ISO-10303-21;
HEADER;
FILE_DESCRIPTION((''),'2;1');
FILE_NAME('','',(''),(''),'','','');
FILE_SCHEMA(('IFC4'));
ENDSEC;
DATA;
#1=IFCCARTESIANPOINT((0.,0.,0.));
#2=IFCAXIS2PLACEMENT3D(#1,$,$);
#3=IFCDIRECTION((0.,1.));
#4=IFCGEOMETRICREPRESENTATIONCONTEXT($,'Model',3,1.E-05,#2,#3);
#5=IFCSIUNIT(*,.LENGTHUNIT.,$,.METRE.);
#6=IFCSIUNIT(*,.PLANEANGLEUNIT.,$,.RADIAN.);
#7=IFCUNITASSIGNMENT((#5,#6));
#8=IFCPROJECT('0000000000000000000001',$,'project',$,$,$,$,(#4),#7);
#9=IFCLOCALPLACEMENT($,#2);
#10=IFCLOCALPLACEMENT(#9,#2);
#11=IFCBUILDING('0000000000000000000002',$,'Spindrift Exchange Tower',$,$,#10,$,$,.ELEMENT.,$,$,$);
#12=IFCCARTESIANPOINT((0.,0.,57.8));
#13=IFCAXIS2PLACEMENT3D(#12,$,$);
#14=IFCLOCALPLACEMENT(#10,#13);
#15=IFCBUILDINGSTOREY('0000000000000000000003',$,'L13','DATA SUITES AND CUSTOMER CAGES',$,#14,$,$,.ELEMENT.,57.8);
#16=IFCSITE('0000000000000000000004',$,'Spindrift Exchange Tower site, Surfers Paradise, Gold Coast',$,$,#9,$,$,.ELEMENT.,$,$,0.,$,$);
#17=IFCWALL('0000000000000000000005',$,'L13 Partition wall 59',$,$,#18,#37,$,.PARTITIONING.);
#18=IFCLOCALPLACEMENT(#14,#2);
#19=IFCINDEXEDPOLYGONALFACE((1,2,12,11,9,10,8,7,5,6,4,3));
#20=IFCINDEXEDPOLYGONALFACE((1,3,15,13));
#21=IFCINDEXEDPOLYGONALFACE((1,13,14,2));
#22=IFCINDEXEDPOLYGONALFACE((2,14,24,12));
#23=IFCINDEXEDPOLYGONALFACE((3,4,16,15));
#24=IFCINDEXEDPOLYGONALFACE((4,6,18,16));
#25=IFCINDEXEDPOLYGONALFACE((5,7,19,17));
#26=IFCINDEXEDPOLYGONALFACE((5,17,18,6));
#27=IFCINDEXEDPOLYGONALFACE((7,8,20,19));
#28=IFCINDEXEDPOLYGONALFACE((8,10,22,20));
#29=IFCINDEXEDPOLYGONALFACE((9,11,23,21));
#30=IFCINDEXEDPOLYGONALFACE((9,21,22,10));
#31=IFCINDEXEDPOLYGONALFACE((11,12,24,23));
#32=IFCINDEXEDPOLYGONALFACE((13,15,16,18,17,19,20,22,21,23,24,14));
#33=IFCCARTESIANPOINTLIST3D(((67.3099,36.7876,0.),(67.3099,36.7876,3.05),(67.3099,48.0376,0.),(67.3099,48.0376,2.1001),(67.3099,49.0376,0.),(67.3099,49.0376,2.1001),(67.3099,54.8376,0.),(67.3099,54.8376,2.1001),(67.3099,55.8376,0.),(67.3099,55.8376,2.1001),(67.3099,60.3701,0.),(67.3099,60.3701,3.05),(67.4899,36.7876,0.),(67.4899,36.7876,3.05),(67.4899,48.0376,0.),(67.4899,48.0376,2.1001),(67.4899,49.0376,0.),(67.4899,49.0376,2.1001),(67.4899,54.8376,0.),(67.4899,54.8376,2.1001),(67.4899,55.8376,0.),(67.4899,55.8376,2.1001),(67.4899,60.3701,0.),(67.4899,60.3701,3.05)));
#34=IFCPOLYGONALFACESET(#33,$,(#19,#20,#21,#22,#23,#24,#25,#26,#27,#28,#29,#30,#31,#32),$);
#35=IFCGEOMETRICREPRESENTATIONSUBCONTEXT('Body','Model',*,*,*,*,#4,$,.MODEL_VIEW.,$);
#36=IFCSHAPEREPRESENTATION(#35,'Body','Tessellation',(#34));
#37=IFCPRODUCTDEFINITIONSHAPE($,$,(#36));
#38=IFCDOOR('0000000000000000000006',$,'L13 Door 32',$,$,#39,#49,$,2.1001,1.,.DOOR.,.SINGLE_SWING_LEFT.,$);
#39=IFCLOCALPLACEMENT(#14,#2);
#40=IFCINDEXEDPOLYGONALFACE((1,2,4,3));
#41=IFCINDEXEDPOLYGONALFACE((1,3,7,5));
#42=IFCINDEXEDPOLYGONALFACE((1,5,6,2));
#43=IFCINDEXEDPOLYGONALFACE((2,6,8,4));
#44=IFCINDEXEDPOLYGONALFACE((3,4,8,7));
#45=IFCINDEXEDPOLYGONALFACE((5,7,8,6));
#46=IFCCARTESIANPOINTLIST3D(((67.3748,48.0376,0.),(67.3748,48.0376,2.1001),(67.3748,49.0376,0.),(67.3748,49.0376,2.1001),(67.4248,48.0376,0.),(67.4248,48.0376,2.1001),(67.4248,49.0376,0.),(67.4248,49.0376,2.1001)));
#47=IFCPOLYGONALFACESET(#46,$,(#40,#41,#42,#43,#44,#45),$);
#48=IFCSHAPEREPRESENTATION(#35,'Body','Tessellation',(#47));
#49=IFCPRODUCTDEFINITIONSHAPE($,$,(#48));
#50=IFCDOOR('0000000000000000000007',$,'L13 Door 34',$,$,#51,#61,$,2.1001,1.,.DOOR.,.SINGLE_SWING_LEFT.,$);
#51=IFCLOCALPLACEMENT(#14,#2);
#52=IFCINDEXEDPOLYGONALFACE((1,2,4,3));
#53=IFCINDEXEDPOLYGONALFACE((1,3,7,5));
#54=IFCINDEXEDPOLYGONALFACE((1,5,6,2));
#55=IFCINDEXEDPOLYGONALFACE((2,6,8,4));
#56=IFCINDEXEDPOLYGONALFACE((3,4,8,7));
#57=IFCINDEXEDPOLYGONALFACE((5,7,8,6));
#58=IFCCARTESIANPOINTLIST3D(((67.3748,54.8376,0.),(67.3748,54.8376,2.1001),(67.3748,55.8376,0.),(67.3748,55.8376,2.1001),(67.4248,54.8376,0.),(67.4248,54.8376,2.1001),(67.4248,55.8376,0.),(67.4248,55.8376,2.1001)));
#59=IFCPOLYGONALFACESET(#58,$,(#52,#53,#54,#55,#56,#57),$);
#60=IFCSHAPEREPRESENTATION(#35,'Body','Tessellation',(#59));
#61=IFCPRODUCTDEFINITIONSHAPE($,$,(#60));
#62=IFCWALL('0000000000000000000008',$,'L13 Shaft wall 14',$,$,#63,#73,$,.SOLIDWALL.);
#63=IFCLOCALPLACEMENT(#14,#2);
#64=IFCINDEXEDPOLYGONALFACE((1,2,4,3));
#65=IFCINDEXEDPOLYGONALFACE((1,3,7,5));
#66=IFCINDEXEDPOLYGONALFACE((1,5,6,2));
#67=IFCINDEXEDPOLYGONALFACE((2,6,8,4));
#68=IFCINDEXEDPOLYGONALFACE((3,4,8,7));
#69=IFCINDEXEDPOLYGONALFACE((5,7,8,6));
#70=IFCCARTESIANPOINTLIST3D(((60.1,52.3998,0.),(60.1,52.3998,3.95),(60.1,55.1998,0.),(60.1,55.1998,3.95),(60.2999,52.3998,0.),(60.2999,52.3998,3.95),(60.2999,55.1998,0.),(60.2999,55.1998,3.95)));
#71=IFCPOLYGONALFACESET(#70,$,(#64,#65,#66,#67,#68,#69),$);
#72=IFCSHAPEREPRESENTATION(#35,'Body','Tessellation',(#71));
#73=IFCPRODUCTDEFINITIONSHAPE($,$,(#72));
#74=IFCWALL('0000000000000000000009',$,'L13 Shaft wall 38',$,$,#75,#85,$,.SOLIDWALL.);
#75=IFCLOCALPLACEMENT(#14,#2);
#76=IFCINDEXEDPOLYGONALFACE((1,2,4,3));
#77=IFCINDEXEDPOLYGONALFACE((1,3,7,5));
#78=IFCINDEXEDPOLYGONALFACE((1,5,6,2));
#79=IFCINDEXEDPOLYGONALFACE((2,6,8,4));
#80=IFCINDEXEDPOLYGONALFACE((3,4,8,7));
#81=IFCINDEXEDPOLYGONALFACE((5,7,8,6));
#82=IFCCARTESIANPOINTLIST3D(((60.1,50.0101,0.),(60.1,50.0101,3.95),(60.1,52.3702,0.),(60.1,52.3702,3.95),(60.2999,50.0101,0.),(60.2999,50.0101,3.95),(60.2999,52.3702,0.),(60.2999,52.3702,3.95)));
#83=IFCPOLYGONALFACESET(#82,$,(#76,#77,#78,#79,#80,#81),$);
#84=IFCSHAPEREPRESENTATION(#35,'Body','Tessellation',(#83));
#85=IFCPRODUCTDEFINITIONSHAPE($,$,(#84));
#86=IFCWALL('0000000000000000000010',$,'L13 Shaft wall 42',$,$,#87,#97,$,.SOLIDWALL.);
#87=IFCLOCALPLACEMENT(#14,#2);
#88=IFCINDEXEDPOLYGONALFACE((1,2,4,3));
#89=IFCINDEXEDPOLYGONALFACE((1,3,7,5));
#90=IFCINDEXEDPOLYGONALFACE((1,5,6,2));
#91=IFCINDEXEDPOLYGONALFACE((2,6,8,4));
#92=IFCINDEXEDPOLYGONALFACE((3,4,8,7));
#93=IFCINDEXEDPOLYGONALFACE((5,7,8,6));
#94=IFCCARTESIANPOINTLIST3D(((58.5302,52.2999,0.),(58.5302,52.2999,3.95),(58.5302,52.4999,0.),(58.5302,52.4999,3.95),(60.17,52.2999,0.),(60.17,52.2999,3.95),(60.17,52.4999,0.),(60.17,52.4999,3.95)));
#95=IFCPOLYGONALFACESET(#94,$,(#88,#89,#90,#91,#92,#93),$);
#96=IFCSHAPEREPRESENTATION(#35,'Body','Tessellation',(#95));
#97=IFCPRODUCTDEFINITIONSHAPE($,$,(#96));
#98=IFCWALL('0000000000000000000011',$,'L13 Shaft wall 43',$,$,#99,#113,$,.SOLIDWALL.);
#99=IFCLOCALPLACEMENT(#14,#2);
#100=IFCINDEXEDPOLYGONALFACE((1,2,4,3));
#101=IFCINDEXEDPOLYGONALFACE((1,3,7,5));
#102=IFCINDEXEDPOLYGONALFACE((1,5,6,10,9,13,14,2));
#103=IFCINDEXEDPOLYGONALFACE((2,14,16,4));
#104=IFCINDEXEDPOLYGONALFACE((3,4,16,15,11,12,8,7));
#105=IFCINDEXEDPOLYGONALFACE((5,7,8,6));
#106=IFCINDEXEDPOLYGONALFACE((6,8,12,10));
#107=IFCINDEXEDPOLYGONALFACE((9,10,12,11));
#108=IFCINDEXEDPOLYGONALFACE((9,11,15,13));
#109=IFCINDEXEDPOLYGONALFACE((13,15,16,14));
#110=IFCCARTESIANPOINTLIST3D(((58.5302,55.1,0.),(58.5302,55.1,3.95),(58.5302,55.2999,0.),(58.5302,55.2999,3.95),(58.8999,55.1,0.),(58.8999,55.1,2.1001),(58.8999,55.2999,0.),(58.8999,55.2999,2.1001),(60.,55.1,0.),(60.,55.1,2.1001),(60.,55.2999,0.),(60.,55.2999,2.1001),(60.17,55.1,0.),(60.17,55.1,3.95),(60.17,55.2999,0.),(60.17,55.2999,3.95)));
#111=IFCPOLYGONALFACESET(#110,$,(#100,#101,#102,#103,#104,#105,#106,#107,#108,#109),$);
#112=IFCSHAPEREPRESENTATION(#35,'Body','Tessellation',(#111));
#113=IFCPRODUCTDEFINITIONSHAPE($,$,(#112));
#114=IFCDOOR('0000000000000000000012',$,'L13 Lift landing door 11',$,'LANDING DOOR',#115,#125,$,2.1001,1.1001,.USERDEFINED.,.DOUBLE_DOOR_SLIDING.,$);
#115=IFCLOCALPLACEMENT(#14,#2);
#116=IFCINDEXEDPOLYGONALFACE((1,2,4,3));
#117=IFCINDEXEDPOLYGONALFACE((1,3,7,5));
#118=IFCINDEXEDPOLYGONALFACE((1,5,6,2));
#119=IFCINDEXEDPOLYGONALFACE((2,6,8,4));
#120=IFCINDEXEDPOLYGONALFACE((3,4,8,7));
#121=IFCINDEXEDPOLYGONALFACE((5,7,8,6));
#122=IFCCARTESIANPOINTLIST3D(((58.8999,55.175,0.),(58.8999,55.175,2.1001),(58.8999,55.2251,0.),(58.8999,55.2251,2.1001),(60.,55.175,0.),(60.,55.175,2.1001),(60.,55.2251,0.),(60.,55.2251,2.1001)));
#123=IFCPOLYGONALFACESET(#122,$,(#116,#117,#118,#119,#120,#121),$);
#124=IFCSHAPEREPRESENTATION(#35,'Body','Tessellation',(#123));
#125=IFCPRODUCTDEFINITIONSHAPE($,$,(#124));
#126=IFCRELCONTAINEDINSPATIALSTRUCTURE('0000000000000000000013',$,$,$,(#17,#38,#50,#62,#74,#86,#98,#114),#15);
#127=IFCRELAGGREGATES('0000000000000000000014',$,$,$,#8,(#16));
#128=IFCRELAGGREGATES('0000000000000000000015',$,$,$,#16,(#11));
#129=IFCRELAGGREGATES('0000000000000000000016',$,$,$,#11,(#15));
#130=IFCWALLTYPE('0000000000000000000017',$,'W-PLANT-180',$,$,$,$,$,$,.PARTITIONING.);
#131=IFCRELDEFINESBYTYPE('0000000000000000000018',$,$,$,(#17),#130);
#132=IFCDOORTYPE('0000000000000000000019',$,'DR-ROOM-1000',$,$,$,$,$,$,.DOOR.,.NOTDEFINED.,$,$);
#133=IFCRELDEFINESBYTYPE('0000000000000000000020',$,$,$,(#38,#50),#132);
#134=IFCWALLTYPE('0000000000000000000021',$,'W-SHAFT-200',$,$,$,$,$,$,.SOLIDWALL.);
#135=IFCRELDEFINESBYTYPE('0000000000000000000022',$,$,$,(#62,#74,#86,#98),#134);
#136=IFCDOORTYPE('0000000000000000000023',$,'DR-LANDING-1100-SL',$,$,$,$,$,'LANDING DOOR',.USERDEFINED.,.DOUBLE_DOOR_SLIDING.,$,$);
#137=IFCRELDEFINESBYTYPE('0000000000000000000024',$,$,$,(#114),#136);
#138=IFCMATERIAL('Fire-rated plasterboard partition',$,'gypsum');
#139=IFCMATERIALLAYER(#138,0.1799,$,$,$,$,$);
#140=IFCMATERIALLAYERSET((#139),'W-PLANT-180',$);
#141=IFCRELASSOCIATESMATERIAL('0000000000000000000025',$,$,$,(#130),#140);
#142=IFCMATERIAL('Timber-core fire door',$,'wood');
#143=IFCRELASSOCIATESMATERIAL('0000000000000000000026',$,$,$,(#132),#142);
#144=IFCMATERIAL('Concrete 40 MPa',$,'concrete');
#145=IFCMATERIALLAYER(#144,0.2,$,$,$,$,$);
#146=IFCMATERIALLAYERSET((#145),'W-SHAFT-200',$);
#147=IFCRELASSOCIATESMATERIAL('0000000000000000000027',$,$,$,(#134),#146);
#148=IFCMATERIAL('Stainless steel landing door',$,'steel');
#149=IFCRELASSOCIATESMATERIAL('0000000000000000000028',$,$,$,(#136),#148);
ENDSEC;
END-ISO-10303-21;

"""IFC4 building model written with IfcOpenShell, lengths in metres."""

from ifc_helpers import new_model, si_unit, direction, frame, frame_2d, origin, place, context, subcontext, project, spatial, rectangle, extrude, source, transform, mapped, material, layer, layer_set, type_object, element, fill, save


model = new_model("IFC4")

# Units and contexts
model_context = context("Model", 3, precision=1e-05, world=origin(), true_north=direction((0.0, 1.0)))
body_context = subcontext(model_context, "Body", "Model", "MODEL_VIEW")
ifc_project = project(units=[si_unit("LENGTHUNIT", "METRE"), si_unit("PLANEANGLEUNIT", "RADIAN")], contexts=[model_context])

# Site, building, storey
site_placement = place(None, origin())
site = spatial("IfcSite", under=ifc_project, at=site_placement, Name="Spindrift Exchange Tower site, Surfers Paradise, Gold Coast", CompositionType="ELEMENT", RefElevation=0.0)
building_placement = place(site_placement, origin())
building = spatial("IfcBuilding", under=site, at=building_placement, Name="Spindrift Exchange Tower", CompositionType="ELEMENT")
storey_placement = place(building_placement, frame((0.0, 0.0, 57.8)))
storey = spatial("IfcBuildingStorey", under=building, at=storey_placement, Name="L13", Description="DATA SUITES AND CUSTOMER CAGES", CompositionType="ELEMENT", Elevation=57.8)

# Shared definitions
ifc_material_1 = material(Name="Fire-rated plasterboard partition", Category="gypsum")

# Wall, openings, doors
ifc_layer_1 = layer(ifc_material_1, 0.1799)
ifc_layer_set_1 = layer_set([ifc_layer_1], Name="W-PLANT-180")
wall_type_1 = type_object("IfcWallType", Name="W-PLANT-180", PredefinedType="PARTITIONING", material=ifc_layer_set_1)
wall_1_placement = place(storey_placement, frame((67.3999, 60.3701, 0.0), z_axis=(0.0, 0.0, 1.0), x_axis=(0.0, -1.0, 0.0)))
wall_1 = element("IfcWall", 1, at=wall_1_placement, inside=storey, type_object=wall_type_1, Name="L13 Partition wall 59", PredefinedType="PARTITIONING", context=body_context, shape_type="SweptSolid", body=[
    extrude(rectangle(XDim=23.5825, YDim=0.1799, at=frame_2d((11.7913, 0.0))), origin(), (0.0, 0.0, 1.0), 3.05),
])
opening_1_placement = place(wall_1_placement, frame((11.3325, 0.0, 0.0)))
opening_1 = element("IfcOpeningElement", 2, at=opening_1_placement, cuts=wall_1, PredefinedType="OPENING", context=body_context, shape_type="SweptSolid", body=[
    extrude(rectangle(XDim=1.0, YDim=2.1001, at=frame_2d((0.5, 1.05))), frame((0.0, 0.0999, 0.0), z_axis=(0.0, -1.0, 0.0), x_axis=(1.0, 0.0, 0.0)), (0.0, 0.0, 1.0), 0.2),
])
opening_2_placement = place(wall_1_placement, frame((4.5325, 0.0, 0.0)))
opening_2 = element("IfcOpeningElement", 3, at=opening_2_placement, cuts=wall_1, PredefinedType="OPENING", context=body_context, shape_type="SweptSolid", body=[
    extrude(rectangle(XDim=1.0, YDim=2.1001, at=frame_2d((0.5, 1.05))), frame((0.0, 0.0999, 0.0), z_axis=(0.0, -1.0, 0.0), x_axis=(1.0, 0.0, 0.0)), (0.0, 0.0, 1.0), 0.2),
])
ifc_material_2 = material(Name="Timber-core fire door", Category="wood")
door_type_1 = type_object("IfcDoorType", Name="DR-ROOM-1000", OperationType="NOTDEFINED", PredefinedType="DOOR", material=ifc_material_2)
shared_shape_1 = source(origin(), body_context, "Body", "SweptSolid", [
    extrude(rectangle(XDim=1.0, YDim=2.1001, at=frame_2d((0.5, 1.05))), frame((0.0, 0.0249, 0.0), z_axis=(0.0, -1.0, 0.0), x_axis=(1.0, 0.0, 0.0)), (0.0, 0.0, 1.0), 0.05),
])
door_1_placement = place(opening_1_placement, origin())
door_1 = element("IfcDoor", 4, at=door_1_placement, inside=storey, type_object=door_type_1, Name="L13 Door 32", OperationType="SINGLE_SWING_LEFT", OverallHeight=2.1001, OverallWidth=1.0, PredefinedType="DOOR", context=body_context, shape_type="MappedRepresentation", body=[
    mapped(shared_shape_1, transform((0.0, 0.0, 0.0), scale=1.0)),
])
fill(opening_1, door_1)
door_2_placement = place(opening_2_placement, origin())
door_2 = element("IfcDoor", 5, at=door_2_placement, inside=storey, type_object=door_type_1, Name="L13 Door 34", OperationType="SINGLE_SWING_LEFT", OverallHeight=2.1001, OverallWidth=1.0, PredefinedType="DOOR", context=body_context, shape_type="MappedRepresentation", body=[
    mapped(shared_shape_1, transform((0.0, 0.0, 0.0), scale=1.0)),
])
fill(opening_2, door_2)

# Walls
ifc_material_3 = material(Name="Concrete 40 MPa", Category="concrete")
ifc_layer_2 = layer(ifc_material_3, 0.2)
ifc_layer_set_2 = layer_set([ifc_layer_2], Name="W-SHAFT-200")
wall_type_2 = type_object("IfcWallType", Name="W-SHAFT-200", PredefinedType="SOLIDWALL", material=ifc_layer_set_2)
wall_2_placement = place(storey_placement, frame((60.2, 52.3999, 0.0), z_axis=(0.0, 0.0, 1.0), x_axis=(0.0, 1.0, 0.0)))
element("IfcWall", 6, at=wall_2_placement, inside=storey, type_object=wall_type_2, Name="L13 Shaft wall 14", PredefinedType="SOLIDWALL", context=body_context, shape_type="SweptSolid", body=[
    extrude(rectangle(XDim=2.8, YDim=0.2, at=frame_2d((1.3999, 0.0))), origin(), (0.0, 0.0, 1.0), 3.95),
])
wall_3_placement = place(storey_placement, frame((60.2, 50.01, 0.0), z_axis=(0.0, 0.0, 1.0), x_axis=(0.0, 1.0, 0.0)))
element("IfcWall", 7, at=wall_3_placement, inside=storey, type_object=wall_type_2, Name="L13 Shaft wall 38", PredefinedType="SOLIDWALL", context=body_context, shape_type="SweptSolid", body=[
    extrude(rectangle(XDim=2.3601, YDim=0.2, at=frame_2d((1.1802, 0.0))), origin(), (0.0, 0.0, 1.0), 3.95),
])
wall_4_placement = place(storey_placement, frame((60.1699, 52.3999, 0.0), z_axis=(0.0, 0.0, 1.0), x_axis=(-1.0, 0.0, 0.0)))
element("IfcWall", 8, at=wall_4_placement, inside=storey, type_object=wall_type_2, Name="L13 Shaft wall 42", PredefinedType="SOLIDWALL", context=body_context, shape_type="SweptSolid", body=[
    extrude(rectangle(XDim=1.6399, YDim=0.2, at=frame_2d((0.8198, 0.0))), origin(), (0.0, 0.0, 1.0), 3.95),
])

# Wall, opening, door
wall_5_placement = place(storey_placement, frame((60.1699, 55.2, 0.0), z_axis=(0.0, 0.0, 1.0), x_axis=(-1.0, 0.0, 0.0)))
wall_5 = element("IfcWall", 9, at=wall_5_placement, inside=storey, type_object=wall_type_2, Name="L13 Shaft wall 43", PredefinedType="SOLIDWALL", context=body_context, shape_type="SweptSolid", body=[
    extrude(rectangle(XDim=1.6399, YDim=0.2, at=frame_2d((0.8198, 0.0))), origin(), (0.0, 0.0, 1.0), 3.95),
])
opening_3_placement = place(wall_5_placement, frame((0.1699, 0.0, 0.0)))
opening_3 = element("IfcOpeningElement", 10, at=opening_3_placement, cuts=wall_5, PredefinedType="OPENING", context=body_context, shape_type="SweptSolid", body=[
    extrude(rectangle(XDim=1.1001, YDim=2.1001, at=frame_2d((0.55, 1.05))), frame((0.0, 0.1099, 0.0), z_axis=(0.0, -1.0, 0.0), x_axis=(1.0, 0.0, 0.0)), (0.0, 0.0, 1.0), 0.22),
])
ifc_material_4 = material(Name="Stainless steel landing door", Category="steel")
door_type_2 = type_object("IfcDoorType", Name="DR-LANDING-1100-SL", ElementType="LANDING DOOR", OperationType="DOUBLE_DOOR_SLIDING", PredefinedType="USERDEFINED", material=ifc_material_4)
shared_shape_2 = source(origin(), body_context, "Body", "SweptSolid", [
    extrude(rectangle(XDim=1.1001, YDim=2.1001, at=frame_2d((0.55, 1.05))), frame((0.0, 0.0249, 0.0), z_axis=(0.0, -1.0, 0.0), x_axis=(1.0, 0.0, 0.0)), (0.0, 0.0, 1.0), 0.05),
])
door_3_placement = place(opening_3_placement, origin())
door_3 = element("IfcDoor", 11, at=door_3_placement, inside=storey, type_object=door_type_2, Name="L13 Lift landing door 11", ObjectType="LANDING DOOR", OperationType="DOUBLE_DOOR_SLIDING", OverallHeight=2.1001, OverallWidth=1.1001, PredefinedType="USERDEFINED", context=body_context, shape_type="MappedRepresentation", body=[
    mapped(shared_shape_2, transform((0.0, 0.0, 0.0), scale=1.0)),
])
fill(opening_3, door_3)

save(model, "model.ifc")
